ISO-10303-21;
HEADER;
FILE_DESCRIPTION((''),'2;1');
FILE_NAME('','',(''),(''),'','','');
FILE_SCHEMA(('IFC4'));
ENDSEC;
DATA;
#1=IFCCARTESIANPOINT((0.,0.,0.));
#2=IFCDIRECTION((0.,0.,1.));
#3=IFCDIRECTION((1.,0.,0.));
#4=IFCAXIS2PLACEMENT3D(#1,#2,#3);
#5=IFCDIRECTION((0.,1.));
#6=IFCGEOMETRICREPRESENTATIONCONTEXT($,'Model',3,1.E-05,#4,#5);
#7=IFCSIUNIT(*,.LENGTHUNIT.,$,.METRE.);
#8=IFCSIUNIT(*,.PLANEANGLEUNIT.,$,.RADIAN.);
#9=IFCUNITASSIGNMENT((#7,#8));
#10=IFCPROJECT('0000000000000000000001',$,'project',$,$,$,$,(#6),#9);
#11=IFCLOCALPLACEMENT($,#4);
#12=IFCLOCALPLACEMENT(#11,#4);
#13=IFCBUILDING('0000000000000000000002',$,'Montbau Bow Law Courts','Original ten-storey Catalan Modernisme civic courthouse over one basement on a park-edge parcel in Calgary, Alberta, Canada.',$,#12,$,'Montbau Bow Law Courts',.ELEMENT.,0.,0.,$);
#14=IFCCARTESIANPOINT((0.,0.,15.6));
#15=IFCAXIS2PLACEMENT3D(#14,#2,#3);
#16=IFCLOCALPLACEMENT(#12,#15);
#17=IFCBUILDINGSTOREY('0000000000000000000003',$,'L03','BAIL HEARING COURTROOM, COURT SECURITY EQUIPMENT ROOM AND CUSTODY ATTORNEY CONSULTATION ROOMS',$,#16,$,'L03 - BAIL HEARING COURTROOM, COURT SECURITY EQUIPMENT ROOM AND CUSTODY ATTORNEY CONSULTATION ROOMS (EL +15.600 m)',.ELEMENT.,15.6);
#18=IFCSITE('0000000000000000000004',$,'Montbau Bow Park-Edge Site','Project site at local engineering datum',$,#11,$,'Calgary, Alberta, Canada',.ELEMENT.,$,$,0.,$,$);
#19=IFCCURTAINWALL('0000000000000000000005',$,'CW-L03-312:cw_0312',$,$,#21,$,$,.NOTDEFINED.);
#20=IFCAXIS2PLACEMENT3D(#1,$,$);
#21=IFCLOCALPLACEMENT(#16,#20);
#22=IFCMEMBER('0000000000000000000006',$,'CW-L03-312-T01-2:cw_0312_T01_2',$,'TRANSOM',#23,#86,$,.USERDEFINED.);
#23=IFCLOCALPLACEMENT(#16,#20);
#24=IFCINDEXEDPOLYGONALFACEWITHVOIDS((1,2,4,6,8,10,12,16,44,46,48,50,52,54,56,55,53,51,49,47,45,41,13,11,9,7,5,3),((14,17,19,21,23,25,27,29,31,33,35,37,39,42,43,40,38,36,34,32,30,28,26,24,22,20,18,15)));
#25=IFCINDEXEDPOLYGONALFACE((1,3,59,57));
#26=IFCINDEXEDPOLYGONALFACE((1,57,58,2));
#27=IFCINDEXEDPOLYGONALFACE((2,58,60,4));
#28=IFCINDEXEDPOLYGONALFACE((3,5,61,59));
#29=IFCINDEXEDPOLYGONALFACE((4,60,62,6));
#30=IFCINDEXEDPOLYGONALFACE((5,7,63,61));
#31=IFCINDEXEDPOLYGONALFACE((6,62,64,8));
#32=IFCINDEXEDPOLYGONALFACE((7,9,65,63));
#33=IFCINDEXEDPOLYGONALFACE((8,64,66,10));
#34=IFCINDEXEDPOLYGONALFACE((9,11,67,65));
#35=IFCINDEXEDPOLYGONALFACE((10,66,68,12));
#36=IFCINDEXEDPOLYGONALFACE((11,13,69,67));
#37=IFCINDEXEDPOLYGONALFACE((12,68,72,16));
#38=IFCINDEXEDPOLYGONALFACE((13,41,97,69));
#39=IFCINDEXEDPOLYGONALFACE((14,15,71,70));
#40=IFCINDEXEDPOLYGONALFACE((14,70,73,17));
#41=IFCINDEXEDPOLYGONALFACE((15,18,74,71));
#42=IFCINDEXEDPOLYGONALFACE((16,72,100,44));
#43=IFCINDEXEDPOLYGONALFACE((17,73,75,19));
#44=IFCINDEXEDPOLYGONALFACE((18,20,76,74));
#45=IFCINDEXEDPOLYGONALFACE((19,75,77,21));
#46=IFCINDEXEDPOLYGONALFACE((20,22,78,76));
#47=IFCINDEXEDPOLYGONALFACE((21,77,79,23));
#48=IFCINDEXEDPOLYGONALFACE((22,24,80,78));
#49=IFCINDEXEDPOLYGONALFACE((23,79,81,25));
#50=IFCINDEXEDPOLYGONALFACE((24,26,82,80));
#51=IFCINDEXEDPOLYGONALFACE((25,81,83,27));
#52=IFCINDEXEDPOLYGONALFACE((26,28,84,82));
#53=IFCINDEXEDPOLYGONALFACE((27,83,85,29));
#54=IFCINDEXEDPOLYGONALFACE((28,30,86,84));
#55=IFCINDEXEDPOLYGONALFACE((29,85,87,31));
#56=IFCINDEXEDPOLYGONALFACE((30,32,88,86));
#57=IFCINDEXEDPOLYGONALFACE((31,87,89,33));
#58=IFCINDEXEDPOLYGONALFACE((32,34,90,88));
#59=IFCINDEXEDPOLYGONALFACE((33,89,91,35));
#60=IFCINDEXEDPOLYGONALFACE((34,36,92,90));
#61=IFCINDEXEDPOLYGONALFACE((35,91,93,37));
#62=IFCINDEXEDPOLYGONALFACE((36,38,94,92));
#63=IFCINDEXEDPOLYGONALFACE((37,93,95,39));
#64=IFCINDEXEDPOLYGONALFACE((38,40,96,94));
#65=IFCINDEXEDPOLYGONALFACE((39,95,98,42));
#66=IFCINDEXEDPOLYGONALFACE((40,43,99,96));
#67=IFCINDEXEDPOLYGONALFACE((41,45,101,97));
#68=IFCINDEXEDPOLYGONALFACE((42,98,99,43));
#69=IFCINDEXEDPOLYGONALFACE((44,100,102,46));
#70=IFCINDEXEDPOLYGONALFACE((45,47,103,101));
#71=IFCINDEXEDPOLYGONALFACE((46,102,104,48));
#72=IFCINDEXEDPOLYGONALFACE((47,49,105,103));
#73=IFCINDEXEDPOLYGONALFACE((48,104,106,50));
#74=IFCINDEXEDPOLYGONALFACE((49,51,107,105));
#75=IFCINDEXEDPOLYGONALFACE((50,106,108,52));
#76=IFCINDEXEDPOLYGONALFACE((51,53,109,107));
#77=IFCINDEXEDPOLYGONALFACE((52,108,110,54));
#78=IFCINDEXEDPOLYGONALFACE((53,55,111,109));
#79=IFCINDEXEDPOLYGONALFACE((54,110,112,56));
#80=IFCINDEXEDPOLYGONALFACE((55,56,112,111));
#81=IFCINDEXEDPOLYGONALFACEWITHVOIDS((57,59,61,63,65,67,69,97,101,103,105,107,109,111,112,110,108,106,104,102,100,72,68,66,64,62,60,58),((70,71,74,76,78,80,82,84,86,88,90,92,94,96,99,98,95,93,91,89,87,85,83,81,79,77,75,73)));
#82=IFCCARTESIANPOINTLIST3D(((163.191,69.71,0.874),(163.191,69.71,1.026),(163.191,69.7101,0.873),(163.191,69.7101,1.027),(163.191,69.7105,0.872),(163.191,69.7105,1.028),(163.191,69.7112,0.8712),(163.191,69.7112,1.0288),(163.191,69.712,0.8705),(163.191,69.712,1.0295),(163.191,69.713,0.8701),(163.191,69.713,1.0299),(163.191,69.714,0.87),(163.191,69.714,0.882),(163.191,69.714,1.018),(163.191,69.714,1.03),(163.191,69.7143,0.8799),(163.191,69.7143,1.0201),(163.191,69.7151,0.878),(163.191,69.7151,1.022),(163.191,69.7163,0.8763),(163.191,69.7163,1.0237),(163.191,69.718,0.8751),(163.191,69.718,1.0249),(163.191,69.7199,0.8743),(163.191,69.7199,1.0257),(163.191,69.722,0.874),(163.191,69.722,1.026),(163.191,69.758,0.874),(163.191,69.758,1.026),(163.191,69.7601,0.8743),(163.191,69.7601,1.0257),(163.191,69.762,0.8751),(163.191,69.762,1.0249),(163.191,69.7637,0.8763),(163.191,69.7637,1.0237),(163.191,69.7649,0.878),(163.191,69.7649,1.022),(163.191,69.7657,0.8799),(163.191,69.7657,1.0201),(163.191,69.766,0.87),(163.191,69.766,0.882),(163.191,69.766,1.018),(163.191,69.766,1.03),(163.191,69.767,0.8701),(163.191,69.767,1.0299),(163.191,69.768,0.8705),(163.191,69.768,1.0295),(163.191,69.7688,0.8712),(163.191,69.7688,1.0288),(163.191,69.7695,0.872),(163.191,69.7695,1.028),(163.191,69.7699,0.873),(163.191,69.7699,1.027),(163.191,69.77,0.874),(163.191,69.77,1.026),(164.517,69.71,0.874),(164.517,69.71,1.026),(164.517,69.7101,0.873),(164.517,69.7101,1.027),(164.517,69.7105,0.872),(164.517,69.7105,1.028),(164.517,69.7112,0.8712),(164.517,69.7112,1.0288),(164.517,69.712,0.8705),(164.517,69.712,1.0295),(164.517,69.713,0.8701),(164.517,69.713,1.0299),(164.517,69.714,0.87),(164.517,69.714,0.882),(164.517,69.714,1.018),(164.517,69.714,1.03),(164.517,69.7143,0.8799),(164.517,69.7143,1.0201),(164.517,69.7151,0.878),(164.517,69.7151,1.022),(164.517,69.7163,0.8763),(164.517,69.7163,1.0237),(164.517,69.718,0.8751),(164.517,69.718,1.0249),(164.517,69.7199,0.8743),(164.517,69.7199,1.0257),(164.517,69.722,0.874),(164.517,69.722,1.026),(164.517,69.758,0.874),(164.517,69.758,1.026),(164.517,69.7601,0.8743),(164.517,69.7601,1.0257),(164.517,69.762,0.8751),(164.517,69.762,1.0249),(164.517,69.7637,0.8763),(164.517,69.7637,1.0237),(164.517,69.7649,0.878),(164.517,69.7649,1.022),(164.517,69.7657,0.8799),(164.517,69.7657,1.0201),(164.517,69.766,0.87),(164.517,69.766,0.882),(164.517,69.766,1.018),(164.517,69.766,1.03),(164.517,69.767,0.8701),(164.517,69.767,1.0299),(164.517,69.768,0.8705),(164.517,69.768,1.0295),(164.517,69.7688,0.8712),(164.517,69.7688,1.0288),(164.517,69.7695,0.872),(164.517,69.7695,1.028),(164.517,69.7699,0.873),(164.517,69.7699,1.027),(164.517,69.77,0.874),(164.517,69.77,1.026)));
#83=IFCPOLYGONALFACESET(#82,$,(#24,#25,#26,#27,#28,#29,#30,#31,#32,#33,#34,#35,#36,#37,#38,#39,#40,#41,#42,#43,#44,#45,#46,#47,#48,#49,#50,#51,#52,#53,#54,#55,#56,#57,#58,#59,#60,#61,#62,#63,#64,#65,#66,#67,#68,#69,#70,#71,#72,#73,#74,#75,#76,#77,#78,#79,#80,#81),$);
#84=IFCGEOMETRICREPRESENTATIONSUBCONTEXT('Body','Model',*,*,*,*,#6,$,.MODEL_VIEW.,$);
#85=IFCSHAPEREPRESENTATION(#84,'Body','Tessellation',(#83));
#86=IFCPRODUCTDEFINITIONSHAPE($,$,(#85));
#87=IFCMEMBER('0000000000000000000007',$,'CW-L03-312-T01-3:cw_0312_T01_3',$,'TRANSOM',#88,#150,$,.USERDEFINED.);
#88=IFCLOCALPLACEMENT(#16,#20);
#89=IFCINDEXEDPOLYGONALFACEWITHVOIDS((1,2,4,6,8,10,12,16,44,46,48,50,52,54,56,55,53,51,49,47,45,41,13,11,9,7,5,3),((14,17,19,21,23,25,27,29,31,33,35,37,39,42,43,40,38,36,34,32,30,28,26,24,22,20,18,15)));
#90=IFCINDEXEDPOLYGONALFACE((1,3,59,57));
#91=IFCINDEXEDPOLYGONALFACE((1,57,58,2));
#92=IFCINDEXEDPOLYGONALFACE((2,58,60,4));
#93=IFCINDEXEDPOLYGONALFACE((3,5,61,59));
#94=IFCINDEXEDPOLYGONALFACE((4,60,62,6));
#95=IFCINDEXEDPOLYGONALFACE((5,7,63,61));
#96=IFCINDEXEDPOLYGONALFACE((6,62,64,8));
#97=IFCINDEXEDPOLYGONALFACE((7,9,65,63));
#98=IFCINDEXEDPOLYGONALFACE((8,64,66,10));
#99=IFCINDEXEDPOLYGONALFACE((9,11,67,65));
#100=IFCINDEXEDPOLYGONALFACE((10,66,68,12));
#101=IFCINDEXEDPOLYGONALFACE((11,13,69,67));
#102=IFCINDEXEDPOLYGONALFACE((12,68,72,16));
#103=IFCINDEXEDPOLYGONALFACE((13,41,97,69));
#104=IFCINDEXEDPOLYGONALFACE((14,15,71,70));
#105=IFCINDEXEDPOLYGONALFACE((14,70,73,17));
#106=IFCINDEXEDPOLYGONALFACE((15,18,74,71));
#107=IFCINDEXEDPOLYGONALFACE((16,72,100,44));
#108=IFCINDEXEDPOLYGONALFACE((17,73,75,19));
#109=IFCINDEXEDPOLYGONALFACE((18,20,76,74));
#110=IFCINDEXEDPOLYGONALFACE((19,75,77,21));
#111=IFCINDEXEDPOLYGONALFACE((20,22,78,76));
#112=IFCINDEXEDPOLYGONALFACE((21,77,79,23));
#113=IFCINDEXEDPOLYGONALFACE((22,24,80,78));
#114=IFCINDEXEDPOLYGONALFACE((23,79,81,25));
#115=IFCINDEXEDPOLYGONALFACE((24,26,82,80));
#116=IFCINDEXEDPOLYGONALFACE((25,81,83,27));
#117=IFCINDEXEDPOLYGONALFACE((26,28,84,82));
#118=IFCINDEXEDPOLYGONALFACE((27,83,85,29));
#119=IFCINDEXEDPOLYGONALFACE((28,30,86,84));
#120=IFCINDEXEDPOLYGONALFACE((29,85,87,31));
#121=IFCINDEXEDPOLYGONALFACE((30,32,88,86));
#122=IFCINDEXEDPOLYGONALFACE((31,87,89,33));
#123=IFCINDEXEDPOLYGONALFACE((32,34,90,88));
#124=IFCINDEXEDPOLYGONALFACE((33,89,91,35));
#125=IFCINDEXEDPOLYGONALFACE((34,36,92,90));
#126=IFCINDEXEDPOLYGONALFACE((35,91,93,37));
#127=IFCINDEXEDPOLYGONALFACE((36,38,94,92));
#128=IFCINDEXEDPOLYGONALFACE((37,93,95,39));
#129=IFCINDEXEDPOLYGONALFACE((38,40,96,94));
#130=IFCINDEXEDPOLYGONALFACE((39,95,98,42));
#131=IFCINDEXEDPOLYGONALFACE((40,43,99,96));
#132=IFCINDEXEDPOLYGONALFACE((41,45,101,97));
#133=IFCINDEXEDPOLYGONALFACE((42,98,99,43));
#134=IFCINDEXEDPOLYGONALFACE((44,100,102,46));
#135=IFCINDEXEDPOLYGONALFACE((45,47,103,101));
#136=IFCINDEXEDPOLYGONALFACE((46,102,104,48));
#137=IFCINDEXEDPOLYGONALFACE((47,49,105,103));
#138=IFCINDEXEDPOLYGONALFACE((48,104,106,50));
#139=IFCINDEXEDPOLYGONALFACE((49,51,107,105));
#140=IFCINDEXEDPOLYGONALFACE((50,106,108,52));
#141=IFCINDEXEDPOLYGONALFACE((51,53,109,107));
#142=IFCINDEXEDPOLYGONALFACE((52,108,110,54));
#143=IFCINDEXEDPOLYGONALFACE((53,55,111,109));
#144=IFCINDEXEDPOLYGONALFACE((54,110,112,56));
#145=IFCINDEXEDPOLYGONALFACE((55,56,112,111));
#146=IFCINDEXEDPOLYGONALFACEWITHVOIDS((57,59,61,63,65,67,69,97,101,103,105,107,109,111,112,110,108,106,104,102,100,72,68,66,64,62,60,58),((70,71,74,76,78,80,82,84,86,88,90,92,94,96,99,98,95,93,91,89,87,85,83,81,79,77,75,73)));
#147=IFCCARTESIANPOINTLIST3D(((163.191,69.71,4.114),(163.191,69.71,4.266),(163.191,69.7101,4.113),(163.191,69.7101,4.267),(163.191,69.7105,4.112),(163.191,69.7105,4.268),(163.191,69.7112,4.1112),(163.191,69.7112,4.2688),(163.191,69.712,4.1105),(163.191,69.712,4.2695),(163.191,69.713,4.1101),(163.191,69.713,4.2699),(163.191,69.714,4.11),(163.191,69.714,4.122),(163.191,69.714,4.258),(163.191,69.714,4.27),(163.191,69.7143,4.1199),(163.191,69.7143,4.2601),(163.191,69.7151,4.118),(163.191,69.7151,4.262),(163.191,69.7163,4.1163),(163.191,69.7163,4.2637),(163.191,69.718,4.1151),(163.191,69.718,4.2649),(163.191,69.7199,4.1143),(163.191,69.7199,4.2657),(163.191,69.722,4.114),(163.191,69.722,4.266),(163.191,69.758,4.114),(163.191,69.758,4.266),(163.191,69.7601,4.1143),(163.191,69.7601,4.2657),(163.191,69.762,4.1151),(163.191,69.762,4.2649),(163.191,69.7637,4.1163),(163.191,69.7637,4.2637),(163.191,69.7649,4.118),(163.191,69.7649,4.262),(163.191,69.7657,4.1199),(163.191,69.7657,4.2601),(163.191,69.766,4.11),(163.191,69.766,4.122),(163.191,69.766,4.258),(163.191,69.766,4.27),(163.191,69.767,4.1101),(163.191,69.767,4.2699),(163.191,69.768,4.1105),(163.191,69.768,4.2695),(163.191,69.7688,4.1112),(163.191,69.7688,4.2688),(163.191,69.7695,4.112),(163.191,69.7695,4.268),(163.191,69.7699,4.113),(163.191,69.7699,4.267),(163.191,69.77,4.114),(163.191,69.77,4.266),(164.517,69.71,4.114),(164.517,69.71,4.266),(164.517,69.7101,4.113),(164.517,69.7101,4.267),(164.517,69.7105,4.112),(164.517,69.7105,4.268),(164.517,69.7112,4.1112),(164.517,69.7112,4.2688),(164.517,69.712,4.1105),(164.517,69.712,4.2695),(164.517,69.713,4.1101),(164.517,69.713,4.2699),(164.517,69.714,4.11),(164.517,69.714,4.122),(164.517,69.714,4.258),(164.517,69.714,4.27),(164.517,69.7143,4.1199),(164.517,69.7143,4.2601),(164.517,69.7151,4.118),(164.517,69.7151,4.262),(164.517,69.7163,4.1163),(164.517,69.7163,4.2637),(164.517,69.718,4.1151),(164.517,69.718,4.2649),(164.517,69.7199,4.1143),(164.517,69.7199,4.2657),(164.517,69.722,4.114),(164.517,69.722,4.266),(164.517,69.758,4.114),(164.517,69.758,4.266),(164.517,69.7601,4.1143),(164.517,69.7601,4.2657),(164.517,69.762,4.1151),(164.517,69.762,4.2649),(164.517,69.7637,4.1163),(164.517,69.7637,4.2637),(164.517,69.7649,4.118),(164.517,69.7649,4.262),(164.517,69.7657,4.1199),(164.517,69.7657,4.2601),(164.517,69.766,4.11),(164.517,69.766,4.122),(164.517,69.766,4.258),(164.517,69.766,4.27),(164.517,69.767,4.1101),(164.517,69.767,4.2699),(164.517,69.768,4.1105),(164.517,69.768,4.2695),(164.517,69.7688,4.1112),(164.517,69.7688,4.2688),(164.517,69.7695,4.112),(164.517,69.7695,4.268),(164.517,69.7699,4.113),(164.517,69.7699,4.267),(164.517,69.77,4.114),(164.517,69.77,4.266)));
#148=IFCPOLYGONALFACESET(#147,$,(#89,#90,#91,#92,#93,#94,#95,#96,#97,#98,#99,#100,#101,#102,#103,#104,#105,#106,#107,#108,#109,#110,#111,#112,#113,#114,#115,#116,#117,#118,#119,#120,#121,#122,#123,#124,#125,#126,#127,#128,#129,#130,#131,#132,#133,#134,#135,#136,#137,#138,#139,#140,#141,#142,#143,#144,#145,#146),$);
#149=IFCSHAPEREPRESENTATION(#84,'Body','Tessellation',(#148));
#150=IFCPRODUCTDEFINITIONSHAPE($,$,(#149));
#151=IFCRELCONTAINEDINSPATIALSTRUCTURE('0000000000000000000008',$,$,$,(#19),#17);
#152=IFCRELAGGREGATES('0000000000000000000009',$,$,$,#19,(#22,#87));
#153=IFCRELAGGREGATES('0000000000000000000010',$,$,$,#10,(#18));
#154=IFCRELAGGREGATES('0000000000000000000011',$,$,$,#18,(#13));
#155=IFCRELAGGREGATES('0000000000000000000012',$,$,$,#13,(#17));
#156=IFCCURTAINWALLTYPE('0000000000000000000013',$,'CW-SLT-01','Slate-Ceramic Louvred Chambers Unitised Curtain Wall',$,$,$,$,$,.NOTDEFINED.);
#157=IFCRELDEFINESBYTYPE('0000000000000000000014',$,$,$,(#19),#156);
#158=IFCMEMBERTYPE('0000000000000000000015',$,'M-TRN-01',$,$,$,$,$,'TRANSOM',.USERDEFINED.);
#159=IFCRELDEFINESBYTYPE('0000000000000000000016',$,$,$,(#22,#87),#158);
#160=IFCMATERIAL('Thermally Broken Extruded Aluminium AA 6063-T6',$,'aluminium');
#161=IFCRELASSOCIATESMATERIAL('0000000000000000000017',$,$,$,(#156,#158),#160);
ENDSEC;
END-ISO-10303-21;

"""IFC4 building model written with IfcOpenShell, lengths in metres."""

from ifc_helpers import new_model, si_unit, direction, frame, origin_with_axes, origin_2d_with_axis, place, context, subcontext, project, spatial, hollow_rectangle, extrude, material, material_profile, profile_set, type_object, element, aggregate, save


model = new_model("IFC4")

# Units and contexts
model_context = context("Model", 3, precision=1e-05, world=origin_with_axes(), true_north=direction((0.0, 1.0)))
body_context = subcontext(model_context, "Body", "Model", "MODEL_VIEW")
ifc_project = project(units=[si_unit("LENGTHUNIT", "METRE"), si_unit("PLANEANGLEUNIT", "RADIAN")], contexts=[model_context])

# Site, building, storey
site_placement = place(None, origin_with_axes())
site = spatial("IfcSite", under=ifc_project, at=site_placement, Name="Montbau Bow Park-Edge Site", Description="Project site at local engineering datum", LongName="Calgary, Alberta, Canada", CompositionType="ELEMENT", RefElevation=0.0)
building_placement = place(site_placement, origin_with_axes())
building = spatial("IfcBuilding", under=site, at=building_placement, Name="Montbau Bow Law Courts", Description="Original ten-storey Catalan Modernisme civic courthouse over one basement on a park-edge parcel in Calgary, Alberta, Canada.", LongName="Montbau Bow Law Courts", CompositionType="ELEMENT", ElevationOfRefHeight=0.0, ElevationOfTerrain=0.0)
storey_placement = place(building_placement, frame((0.0, 0.0, 15.6), z_axis=(0.0, 0.0, 1.0), x_axis=(1.0, 0.0, 0.0)))
storey = spatial("IfcBuildingStorey", under=building, at=storey_placement, Name="L03", Description="BAIL HEARING COURTROOM, COURT SECURITY EQUIPMENT ROOM AND CUSTODY ATTORNEY CONSULTATION ROOMS", LongName="L03 - BAIL HEARING COURTROOM, COURT SECURITY EQUIPMENT ROOM AND CUSTODY ATTORNEY CONSULTATION ROOMS (EL +15.600 m)", CompositionType="ELEMENT", Elevation=15.6)

# Curtain wall
ifc_material_1 = material(Name="Thermally Broken Extruded Aluminium AA 6063-T6", Category="aluminium")
curtain_wall_type = type_object("IfcCurtainWallType", Name="CW-SLT-01", Description="Slate-Ceramic Louvred Chambers Unitised Curtain Wall", PredefinedType="NOTDEFINED", material=ifc_material_1)
curtain_wall_1_placement = place(None, frame((163.115, 69.74, 15.6), z_axis=(0.0, 0.0, 1.0), x_axis=(1.0, 0.0, 0.0)))
curtain_wall_1 = element("IfcCurtainWall", 1, at=curtain_wall_1_placement, inside=storey, type_object=curtain_wall_type, Name="CW-L03-312:cw_0312", PredefinedType="NOTDEFINED")

# Members
ifc_material_profile_1 = material_profile(ifc_material_1, hollow_rectangle(XDim=0.06, YDim=0.16, WallThickness=0.004, InnerFilletRadius=0.008, OuterFilletRadius=0.004, at=origin_2d_with_axis()), Name="CWT-160X60", Category="Main", Priority=0)
ifc_profile_set_1 = profile_set([ifc_material_profile_1], Name="Thermally Broken Extruded Aluminium AA 6063-T6")
member_type_1 = type_object("IfcMemberType", Name="M-TRN-01", ElementType="TRANSOM", PredefinedType="USERDEFINED", material=ifc_profile_set_1)
member_1_placement = place(None, frame((163.191, 69.74, 16.55), z_axis=(1.0, 0.0, 0.0), x_axis=(0.0, 1.0, 0.0)))
member_1 = element("IfcMember", 2, at=member_1_placement, type_object=member_type_1, Name="CW-L03-312-T01-2:cw_0312_T01_2", ObjectType="TRANSOM", PredefinedType="USERDEFINED", context=body_context, shape_type="SweptSolid", body=[
    extrude(hollow_rectangle(XDim=0.06, YDim=0.16, WallThickness=0.004, InnerFilletRadius=0.008, OuterFilletRadius=0.004, at=origin_2d_with_axis()), origin_with_axes(), (0.0, 0.0, 1.0), 1.326),
])
member_2_placement = place(None, frame((163.191, 69.74, 19.79), z_axis=(1.0, 0.0, 0.0), x_axis=(0.0, 1.0, 0.0)))
member_2 = element("IfcMember", 3, at=member_2_placement, type_object=member_type_1, Name="CW-L03-312-T01-3:cw_0312_T01_3", ObjectType="TRANSOM", PredefinedType="USERDEFINED", context=body_context, shape_type="SweptSolid", body=[
    extrude(hollow_rectangle(XDim=0.06, YDim=0.16, WallThickness=0.004, InnerFilletRadius=0.008, OuterFilletRadius=0.004, at=origin_2d_with_axis()), origin_with_axes(), (0.0, 0.0, 1.0), 1.326),
])

aggregate(curtain_wall_1, [member_1, member_2])

save(model, "model.ifc")
